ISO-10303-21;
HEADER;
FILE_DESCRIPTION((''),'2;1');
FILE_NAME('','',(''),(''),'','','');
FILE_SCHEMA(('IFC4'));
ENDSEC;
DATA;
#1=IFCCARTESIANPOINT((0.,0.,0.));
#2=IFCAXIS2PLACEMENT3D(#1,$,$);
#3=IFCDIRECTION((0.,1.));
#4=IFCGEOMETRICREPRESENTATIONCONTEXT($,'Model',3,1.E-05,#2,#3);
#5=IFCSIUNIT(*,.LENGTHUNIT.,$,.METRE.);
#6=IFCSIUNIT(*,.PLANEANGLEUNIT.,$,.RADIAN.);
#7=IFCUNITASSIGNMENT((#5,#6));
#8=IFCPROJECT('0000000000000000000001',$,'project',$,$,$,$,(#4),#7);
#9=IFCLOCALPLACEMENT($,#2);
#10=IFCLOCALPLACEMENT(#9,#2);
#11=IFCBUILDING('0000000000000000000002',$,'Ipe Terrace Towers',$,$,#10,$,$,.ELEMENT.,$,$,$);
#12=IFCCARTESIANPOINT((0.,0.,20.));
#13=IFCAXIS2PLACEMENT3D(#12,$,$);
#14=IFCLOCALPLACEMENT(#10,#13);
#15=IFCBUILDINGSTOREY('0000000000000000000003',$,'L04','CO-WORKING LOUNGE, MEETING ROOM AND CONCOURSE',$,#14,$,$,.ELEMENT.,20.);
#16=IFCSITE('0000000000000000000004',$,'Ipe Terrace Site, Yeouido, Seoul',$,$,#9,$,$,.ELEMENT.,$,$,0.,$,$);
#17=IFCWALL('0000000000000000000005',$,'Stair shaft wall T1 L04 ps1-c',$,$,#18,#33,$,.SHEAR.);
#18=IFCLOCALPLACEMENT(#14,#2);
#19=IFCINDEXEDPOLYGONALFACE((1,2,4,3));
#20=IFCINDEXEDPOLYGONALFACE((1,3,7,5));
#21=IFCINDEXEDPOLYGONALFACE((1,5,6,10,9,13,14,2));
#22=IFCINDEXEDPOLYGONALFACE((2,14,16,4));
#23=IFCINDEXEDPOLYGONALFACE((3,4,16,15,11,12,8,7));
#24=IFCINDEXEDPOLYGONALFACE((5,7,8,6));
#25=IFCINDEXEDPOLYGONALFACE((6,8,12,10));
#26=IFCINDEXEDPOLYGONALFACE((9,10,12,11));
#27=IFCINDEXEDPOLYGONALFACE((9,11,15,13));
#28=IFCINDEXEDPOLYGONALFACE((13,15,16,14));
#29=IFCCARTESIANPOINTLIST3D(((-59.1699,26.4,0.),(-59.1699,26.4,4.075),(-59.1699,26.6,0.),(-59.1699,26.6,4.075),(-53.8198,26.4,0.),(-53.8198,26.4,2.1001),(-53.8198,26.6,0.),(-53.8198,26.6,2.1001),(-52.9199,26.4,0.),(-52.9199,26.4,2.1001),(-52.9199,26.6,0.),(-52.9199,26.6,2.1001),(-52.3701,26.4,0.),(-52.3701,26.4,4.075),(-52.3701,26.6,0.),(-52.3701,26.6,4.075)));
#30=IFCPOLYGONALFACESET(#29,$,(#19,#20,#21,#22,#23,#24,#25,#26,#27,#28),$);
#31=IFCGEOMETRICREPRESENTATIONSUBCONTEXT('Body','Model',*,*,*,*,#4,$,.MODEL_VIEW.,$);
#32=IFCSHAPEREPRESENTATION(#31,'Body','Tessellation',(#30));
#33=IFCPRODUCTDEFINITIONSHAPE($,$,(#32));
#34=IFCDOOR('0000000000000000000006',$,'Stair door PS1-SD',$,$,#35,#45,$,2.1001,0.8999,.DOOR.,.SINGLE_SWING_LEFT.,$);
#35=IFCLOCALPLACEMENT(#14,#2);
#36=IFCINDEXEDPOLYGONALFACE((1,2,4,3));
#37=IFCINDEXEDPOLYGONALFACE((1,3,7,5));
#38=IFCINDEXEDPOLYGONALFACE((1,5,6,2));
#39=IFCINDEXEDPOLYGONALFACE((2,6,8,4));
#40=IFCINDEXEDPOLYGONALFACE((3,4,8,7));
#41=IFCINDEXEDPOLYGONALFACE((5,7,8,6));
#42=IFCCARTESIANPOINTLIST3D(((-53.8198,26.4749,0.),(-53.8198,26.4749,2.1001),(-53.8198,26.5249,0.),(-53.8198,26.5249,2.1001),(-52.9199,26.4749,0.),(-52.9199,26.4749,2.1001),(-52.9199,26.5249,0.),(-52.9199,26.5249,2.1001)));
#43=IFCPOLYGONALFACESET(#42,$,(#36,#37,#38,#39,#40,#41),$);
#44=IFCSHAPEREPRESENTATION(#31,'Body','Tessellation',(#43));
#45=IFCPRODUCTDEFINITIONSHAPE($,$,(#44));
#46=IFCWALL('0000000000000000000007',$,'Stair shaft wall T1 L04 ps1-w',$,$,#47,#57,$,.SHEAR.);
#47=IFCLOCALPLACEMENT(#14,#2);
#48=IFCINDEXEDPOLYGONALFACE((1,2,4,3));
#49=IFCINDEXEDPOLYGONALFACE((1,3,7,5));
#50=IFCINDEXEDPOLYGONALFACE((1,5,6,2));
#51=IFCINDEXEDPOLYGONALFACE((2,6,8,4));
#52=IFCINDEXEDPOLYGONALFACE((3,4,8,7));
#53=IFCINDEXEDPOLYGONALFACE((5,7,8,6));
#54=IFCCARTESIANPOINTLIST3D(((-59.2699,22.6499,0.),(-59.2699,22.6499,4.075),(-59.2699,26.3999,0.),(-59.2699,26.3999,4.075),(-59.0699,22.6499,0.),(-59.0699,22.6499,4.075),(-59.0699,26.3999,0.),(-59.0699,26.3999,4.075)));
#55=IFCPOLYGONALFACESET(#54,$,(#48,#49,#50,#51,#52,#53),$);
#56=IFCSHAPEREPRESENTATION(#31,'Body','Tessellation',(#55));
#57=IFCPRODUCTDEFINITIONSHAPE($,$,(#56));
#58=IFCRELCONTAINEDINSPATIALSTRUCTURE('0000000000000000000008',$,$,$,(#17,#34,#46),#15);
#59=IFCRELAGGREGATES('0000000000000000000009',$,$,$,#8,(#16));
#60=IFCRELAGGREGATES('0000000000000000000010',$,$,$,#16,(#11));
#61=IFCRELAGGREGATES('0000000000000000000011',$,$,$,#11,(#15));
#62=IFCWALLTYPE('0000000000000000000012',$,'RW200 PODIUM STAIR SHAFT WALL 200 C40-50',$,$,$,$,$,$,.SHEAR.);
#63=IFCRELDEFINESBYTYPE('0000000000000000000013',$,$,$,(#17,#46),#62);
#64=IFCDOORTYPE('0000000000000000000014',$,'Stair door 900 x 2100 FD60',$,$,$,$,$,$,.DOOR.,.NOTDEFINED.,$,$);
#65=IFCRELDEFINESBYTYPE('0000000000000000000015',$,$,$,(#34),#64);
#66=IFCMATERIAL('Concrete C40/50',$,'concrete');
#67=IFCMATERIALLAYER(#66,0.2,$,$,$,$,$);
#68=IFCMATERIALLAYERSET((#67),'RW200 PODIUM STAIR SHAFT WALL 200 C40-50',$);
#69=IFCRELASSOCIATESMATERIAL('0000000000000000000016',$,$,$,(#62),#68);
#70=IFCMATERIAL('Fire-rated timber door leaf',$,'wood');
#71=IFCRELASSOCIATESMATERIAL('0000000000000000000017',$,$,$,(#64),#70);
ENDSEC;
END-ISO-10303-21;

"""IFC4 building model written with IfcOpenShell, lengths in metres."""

from ifc_helpers import new_model, si_unit, direction, frame, frame_2d, origin, place, context, subcontext, project, spatial, rectangle, extrude, material, layer, layer_set, type_object, element, fill, save


model = new_model("IFC4")

# Units and contexts
model_context = context("Model", 3, precision=1e-05, world=origin(), true_north=direction((0.0, 1.0)))
body_context = subcontext(model_context, "Body", "Model", "MODEL_VIEW")
ifc_project = project(units=[si_unit("LENGTHUNIT", "METRE"), si_unit("PLANEANGLEUNIT", "RADIAN")], contexts=[model_context])

# Site, building, storey
site_placement = place(None, origin())
site = spatial("IfcSite", under=ifc_project, at=site_placement, Name="Ipe Terrace Site, Yeouido, Seoul", CompositionType="ELEMENT", RefElevation=0.0)
building_placement = place(site_placement, origin())
building = spatial("IfcBuilding", under=site, at=building_placement, Name="Ipe Terrace Towers", CompositionType="ELEMENT")
storey_placement = place(building_placement, frame((0.0, 0.0, 20.0)))
storey = spatial("IfcBuildingStorey", under=building, at=storey_placement, Name="L04", Description="CO-WORKING LOUNGE, MEETING ROOM AND CONCOURSE", CompositionType="ELEMENT", Elevation=20.0)

# Wall, opening, door
ifc_material_1 = material(Name="Concrete C40/50", Category="concrete")
ifc_layer_1 = layer(ifc_material_1, 0.2)
ifc_layer_set_1 = layer_set([ifc_layer_1], Name="RW200 PODIUM STAIR SHAFT WALL 200 C40-50")
wall_type_1 = type_object("IfcWallType", Name="RW200 PODIUM STAIR SHAFT WALL 200 C40-50", PredefinedType="SHEAR", material=ifc_layer_set_1)
wall_1_placement = place(storey_placement, frame((-59.1699, 26.5, 0.0), z_axis=(0.0, 0.0, 1.0), x_axis=(1.0, 0.0, 0.0)))
wall_1 = element("IfcWall", 1, at=wall_1_placement, inside=storey, type_object=wall_type_1, Name="Stair shaft wall T1 L04 ps1-c", PredefinedType="SHEAR", context=body_context, shape_type="SweptSolid", body=[
    extrude(rectangle(XDim=6.7998, YDim=0.2, at=frame_2d((3.3999, 0.0))), origin(), (0.0, 0.0, 1.0), 4.075),
])
opening_1_placement = place(wall_1_placement, frame((5.3501, 0.0, 0.0)))
opening_1 = element("IfcOpeningElement", 2, at=opening_1_placement, cuts=wall_1, PredefinedType="OPENING", context=body_context, shape_type="SweptSolid", body=[
    extrude(rectangle(XDim=0.8999, YDim=2.1001, at=frame_2d((0.45, 1.05))), frame((0.0, 0.1099, 0.0), z_axis=(0.0, -1.0, 0.0), x_axis=(1.0, 0.0, 0.0)), (0.0, 0.0, 1.0), 0.22),
])
ifc_material_2 = material(Name="Fire-rated timber door leaf", Category="wood")
door_type_1 = type_object("IfcDoorType", Name="Stair door 900 x 2100 FD60", OperationType="NOTDEFINED", PredefinedType="DOOR", material=ifc_material_2)
door_1_placement = place(opening_1_placement, origin())
door_1 = element("IfcDoor", 3, at=door_1_placement, inside=storey, type_object=door_type_1, Name="Stair door PS1-SD", OperationType="SINGLE_SWING_LEFT", OverallHeight=2.1001, OverallWidth=0.8999, PredefinedType="DOOR", context=body_context, shape_type="SweptSolid", body=[
    extrude(rectangle(XDim=0.8999, YDim=2.1001, at=frame_2d((0.45, 1.05))), frame((0.0, 0.0249, 0.0), z_axis=(0.0, -1.0, 0.0), x_axis=(1.0, 0.0, 0.0)), (0.0, 0.0, 1.0), 0.05),
])
fill(opening_1, door_1)

# Wall
wall_2_placement = place(storey_placement, frame((-59.1699, 22.6499, 0.0), z_axis=(0.0, 0.0, 1.0), x_axis=(0.0, 1.0, 0.0)))
element("IfcWall", 4, at=wall_2_placement, inside=storey, type_object=wall_type_1, Name="Stair shaft wall T1 L04 ps1-w", PredefinedType="SHEAR", context=body_context, shape_type="SweptSolid", body=[
    extrude(rectangle(XDim=3.75, YDim=0.2, at=frame_2d((1.875, 0.0))), origin(), (0.0, 0.0, 1.0), 4.075),
])

save(model, "model.ifc")
